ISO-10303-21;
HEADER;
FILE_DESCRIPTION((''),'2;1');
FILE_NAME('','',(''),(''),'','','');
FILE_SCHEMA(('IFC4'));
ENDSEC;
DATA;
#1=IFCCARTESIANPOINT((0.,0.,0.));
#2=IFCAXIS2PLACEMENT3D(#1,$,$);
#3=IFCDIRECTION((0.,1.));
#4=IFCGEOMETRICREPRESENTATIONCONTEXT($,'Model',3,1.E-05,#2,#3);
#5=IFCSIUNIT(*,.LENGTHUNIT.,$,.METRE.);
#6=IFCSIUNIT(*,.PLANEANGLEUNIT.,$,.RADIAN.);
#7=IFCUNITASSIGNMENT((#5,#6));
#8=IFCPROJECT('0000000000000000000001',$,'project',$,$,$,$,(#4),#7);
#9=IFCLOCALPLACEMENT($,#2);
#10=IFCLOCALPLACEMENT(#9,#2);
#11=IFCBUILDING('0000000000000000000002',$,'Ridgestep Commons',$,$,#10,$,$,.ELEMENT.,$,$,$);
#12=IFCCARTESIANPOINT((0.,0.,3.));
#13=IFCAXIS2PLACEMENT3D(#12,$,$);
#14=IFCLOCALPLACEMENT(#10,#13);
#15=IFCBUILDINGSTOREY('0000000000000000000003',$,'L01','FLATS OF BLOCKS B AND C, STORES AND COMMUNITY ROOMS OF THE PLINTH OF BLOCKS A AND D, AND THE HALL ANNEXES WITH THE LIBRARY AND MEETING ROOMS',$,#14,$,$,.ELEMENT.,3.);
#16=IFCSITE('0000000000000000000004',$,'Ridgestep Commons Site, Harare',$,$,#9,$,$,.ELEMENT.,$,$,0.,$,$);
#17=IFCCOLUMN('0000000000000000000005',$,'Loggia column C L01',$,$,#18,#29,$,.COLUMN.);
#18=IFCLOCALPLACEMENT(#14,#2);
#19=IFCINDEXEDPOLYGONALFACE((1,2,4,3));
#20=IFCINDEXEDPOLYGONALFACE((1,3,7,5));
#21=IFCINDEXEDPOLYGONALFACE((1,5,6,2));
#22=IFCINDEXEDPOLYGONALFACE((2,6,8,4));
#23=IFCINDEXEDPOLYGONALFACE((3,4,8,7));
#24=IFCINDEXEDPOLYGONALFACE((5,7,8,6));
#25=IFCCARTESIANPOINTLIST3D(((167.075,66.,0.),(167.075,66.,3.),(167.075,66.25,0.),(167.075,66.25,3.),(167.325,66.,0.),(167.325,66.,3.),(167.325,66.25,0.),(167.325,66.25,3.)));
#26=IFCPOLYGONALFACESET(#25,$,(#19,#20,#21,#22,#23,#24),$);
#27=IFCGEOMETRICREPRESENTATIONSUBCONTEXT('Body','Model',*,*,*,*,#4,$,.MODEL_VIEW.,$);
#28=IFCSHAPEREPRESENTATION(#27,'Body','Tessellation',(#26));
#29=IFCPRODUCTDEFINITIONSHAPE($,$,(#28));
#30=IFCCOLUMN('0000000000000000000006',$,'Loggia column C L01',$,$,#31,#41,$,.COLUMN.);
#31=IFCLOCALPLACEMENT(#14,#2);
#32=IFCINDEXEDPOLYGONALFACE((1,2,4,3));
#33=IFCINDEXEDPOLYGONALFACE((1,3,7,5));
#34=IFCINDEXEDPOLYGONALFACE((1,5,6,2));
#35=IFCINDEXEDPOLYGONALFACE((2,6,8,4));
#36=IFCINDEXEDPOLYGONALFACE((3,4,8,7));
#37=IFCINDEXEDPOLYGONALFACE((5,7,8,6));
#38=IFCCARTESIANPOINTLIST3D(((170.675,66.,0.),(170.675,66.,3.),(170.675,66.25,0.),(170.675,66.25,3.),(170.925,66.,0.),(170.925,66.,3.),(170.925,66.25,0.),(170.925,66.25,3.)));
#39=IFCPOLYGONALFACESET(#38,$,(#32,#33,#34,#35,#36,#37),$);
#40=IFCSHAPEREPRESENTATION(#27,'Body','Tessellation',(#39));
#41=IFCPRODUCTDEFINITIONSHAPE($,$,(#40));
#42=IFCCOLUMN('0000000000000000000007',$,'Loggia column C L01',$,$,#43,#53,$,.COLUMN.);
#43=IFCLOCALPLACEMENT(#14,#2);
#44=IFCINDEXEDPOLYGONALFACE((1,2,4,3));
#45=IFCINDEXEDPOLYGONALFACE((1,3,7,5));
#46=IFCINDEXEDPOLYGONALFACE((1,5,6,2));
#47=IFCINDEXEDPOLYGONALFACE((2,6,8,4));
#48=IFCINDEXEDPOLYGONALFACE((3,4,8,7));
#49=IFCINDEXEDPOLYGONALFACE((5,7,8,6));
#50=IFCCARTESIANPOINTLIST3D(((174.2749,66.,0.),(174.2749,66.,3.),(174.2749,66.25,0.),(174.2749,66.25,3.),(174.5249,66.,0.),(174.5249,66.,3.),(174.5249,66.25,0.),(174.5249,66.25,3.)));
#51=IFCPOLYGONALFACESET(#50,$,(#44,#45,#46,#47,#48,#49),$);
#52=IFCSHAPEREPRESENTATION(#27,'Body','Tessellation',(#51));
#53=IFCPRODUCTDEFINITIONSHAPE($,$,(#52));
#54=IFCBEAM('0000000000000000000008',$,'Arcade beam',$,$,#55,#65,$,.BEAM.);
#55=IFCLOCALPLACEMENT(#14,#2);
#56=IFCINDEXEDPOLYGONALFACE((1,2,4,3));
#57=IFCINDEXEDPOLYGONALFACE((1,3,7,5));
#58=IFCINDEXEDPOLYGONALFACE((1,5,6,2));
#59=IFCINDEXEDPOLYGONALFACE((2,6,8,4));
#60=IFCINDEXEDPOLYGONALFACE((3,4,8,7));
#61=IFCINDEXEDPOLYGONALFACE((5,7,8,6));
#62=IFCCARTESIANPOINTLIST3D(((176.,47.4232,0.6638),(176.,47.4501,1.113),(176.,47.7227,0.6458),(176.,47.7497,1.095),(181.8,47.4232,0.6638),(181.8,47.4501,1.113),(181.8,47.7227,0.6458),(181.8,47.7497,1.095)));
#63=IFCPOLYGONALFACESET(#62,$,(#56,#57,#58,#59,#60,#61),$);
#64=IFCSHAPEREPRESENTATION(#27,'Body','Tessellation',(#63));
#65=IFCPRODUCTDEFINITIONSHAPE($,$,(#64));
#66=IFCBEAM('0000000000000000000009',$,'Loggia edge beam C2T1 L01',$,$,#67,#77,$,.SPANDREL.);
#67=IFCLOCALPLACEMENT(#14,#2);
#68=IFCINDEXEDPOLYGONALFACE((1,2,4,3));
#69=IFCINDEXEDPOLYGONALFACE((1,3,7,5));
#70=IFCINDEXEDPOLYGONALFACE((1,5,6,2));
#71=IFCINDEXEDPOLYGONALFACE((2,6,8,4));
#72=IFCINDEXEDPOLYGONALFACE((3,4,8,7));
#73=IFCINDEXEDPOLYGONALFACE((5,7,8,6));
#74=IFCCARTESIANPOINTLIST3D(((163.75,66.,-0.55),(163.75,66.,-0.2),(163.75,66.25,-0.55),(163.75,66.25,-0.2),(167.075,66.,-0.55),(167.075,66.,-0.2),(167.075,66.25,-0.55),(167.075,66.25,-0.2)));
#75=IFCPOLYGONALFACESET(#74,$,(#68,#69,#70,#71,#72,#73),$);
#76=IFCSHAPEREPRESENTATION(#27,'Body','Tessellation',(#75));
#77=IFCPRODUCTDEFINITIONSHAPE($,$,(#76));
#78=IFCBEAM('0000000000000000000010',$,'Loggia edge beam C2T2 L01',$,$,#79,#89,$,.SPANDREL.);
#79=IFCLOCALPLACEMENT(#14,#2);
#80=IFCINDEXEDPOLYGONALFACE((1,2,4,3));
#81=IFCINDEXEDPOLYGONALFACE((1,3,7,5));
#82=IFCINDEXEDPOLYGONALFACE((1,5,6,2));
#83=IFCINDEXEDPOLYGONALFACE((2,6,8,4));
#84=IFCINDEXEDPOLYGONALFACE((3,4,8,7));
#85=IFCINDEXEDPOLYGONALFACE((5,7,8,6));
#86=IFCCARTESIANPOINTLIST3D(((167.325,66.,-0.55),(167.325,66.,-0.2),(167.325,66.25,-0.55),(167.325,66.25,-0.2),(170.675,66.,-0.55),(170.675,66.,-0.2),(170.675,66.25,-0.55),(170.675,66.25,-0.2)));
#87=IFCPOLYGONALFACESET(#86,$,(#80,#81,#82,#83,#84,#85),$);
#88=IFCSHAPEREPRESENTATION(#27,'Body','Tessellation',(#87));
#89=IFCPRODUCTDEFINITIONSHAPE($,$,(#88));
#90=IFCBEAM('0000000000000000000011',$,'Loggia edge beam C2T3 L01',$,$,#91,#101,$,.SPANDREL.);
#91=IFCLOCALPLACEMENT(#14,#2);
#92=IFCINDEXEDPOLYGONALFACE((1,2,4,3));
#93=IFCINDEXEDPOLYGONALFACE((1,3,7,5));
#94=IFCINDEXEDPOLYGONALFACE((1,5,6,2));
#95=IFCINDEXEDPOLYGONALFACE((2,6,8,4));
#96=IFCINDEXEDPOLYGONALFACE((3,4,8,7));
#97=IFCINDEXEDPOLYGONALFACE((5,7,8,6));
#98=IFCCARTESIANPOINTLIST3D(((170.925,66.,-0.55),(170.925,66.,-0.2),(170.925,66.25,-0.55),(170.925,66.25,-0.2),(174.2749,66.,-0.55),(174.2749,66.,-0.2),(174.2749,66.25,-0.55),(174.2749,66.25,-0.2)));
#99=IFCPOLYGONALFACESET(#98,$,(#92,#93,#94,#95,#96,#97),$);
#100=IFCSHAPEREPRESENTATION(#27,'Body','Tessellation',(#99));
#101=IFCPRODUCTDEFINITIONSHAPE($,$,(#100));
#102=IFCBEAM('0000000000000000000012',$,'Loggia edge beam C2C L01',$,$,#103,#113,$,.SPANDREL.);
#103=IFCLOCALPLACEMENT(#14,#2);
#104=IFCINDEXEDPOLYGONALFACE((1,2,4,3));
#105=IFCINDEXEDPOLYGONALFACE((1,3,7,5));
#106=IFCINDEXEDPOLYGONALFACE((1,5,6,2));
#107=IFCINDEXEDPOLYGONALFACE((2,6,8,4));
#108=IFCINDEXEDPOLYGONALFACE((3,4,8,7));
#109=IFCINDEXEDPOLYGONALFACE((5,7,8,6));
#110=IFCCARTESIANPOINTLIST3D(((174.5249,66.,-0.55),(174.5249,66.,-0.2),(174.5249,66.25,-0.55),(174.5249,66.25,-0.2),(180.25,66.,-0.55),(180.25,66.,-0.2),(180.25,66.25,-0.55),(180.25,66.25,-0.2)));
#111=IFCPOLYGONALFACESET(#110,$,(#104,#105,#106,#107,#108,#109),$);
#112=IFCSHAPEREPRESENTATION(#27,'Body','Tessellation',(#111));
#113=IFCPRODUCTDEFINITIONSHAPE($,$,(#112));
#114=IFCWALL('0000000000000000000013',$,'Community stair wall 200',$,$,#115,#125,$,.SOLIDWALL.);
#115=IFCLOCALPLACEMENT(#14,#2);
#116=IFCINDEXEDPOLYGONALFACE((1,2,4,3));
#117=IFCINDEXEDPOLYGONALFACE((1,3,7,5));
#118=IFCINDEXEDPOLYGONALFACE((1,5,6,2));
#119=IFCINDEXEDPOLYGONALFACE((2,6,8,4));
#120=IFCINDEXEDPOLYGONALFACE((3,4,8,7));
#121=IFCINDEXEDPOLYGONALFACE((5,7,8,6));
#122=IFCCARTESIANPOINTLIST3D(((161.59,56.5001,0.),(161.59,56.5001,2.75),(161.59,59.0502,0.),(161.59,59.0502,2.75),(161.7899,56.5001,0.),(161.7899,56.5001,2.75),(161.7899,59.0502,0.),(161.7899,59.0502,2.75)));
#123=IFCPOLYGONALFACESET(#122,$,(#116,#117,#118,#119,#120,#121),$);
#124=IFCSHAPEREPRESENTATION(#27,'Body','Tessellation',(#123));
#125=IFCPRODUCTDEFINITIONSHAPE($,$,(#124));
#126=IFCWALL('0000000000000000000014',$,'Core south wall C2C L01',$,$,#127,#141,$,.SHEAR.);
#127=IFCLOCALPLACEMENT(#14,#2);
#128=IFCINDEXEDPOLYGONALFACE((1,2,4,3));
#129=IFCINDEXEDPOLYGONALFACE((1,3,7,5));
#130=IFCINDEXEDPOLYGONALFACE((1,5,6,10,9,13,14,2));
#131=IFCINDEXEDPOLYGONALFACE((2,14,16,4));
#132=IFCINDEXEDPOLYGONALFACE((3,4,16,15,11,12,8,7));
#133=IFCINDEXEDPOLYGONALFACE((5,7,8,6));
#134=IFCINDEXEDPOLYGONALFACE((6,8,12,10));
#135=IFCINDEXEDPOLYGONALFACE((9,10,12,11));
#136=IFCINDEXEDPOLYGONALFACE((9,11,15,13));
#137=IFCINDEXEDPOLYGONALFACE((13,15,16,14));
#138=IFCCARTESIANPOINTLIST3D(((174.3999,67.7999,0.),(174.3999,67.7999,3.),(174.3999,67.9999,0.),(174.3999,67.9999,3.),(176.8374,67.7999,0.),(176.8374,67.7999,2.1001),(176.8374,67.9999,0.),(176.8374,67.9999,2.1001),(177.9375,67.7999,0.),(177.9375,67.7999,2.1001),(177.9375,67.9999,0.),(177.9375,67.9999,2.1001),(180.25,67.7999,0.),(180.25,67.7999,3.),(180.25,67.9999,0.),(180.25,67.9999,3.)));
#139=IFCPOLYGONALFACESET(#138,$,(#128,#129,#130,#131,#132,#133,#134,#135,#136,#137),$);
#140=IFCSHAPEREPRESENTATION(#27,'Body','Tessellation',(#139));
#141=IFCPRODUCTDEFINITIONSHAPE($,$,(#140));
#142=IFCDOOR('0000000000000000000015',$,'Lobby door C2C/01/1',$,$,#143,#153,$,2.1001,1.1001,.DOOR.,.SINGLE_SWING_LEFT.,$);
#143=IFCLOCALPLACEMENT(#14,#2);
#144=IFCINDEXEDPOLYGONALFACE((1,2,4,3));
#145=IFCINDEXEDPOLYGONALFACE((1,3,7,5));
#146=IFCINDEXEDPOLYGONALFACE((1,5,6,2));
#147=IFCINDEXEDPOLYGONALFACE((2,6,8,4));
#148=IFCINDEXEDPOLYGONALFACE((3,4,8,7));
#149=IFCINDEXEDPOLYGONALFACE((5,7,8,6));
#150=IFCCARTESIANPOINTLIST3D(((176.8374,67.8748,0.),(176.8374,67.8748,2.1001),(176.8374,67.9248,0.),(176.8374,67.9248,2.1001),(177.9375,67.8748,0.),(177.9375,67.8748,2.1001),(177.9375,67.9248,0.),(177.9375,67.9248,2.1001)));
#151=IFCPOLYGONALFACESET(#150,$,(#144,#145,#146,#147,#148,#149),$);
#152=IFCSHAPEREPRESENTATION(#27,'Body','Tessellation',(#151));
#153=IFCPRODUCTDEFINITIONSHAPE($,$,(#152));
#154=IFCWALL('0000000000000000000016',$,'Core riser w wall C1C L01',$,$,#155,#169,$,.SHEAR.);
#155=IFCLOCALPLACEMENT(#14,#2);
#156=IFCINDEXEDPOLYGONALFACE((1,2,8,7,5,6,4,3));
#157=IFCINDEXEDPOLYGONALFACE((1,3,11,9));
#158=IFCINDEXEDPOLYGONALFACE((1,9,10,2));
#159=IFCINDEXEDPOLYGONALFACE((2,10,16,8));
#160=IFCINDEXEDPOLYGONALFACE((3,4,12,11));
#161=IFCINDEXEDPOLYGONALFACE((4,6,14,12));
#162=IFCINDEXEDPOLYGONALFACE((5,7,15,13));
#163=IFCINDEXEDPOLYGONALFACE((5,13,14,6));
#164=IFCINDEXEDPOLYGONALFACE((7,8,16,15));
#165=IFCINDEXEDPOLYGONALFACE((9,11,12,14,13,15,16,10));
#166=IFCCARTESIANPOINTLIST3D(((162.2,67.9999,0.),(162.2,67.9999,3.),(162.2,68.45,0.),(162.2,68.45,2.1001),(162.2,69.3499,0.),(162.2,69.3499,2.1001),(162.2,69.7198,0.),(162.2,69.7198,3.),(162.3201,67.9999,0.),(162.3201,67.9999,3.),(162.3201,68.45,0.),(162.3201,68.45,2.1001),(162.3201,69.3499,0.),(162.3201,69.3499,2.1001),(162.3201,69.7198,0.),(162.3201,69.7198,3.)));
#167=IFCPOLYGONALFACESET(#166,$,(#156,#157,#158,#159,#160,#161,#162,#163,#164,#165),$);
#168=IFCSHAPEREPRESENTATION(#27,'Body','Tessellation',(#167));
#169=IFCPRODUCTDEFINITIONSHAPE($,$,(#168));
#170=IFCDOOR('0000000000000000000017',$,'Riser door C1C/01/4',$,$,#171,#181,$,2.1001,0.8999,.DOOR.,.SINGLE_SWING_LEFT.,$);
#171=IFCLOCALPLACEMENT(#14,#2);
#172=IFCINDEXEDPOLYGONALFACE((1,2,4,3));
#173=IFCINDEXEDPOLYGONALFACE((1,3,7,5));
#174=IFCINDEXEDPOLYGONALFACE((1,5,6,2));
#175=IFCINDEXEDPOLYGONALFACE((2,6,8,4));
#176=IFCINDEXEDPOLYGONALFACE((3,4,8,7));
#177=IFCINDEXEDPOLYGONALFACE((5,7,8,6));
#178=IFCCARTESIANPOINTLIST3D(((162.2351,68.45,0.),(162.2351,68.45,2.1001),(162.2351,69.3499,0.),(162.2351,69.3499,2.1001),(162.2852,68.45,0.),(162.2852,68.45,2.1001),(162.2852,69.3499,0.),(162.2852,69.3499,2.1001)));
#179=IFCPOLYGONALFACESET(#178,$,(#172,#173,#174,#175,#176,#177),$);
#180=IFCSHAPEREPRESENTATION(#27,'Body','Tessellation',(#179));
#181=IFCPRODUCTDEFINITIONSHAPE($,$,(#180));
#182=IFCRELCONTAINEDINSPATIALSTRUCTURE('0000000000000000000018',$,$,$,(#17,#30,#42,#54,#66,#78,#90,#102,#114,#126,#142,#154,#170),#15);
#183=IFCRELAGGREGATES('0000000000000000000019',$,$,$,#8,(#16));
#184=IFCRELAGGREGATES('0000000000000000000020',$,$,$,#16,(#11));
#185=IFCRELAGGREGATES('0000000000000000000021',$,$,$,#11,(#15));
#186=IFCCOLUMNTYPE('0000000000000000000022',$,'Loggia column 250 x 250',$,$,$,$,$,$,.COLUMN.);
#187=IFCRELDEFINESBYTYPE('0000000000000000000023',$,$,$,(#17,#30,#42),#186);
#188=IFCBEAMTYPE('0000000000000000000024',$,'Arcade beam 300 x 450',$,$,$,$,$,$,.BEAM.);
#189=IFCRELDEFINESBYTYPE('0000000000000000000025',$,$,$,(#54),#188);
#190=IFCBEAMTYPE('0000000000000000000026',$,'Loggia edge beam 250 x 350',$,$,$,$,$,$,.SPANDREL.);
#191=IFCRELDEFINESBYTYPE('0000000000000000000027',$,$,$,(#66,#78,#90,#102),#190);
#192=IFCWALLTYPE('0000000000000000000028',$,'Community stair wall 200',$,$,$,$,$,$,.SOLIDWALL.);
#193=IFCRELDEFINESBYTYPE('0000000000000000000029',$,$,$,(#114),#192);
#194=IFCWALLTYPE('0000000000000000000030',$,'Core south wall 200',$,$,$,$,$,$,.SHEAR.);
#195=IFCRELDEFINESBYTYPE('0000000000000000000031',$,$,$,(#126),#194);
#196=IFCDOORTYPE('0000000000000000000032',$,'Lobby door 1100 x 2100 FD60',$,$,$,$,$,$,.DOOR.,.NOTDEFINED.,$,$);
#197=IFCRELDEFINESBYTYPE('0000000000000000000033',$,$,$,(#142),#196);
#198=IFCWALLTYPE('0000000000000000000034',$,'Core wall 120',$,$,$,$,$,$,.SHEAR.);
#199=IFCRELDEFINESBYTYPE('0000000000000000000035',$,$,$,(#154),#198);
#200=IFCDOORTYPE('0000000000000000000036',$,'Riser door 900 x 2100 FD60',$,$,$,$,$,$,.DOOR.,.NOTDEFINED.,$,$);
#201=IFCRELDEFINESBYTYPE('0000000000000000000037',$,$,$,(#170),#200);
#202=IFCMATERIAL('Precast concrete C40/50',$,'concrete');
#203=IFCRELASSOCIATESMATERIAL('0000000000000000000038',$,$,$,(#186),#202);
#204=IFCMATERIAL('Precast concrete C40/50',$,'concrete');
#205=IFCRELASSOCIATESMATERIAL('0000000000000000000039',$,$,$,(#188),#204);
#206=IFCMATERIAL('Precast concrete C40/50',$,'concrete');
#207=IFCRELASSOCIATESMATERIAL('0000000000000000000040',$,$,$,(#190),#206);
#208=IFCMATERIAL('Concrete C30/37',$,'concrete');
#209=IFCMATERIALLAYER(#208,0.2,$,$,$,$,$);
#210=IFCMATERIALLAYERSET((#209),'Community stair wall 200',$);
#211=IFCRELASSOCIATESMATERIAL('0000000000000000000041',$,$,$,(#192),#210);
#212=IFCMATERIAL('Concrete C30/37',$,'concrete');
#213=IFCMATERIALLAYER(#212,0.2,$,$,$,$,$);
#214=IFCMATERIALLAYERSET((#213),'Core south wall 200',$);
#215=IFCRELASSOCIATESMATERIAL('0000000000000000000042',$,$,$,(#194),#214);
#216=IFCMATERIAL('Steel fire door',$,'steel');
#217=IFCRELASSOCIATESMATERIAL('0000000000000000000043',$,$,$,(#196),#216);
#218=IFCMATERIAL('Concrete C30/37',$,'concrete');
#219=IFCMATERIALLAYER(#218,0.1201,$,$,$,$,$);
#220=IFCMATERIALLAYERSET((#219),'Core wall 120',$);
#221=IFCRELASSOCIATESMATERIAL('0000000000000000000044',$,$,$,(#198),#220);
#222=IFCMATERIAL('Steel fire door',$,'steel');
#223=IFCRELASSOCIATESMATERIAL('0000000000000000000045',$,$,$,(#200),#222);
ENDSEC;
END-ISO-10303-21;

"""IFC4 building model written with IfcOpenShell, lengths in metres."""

from ifc_helpers import new_model, si_unit, direction, frame, frame_2d, origin, origin_2d, place, context, subcontext, project, spatial, rectangle, extrude, material, layer, layer_set, material_profile, profile_set, type_object, element, fill, save


model = new_model("IFC4")

# Units and contexts
model_context = context("Model", 3, precision=1e-05, world=origin(), true_north=direction((0.0, 1.0)))
body_context = subcontext(model_context, "Body", "Model", "MODEL_VIEW")
ifc_project = project(units=[si_unit("LENGTHUNIT", "METRE"), si_unit("PLANEANGLEUNIT", "RADIAN")], contexts=[model_context])

# Site, building, storey
site_placement = place(None, origin())
site = spatial("IfcSite", under=ifc_project, at=site_placement, Name="Ridgestep Commons Site, Harare", CompositionType="ELEMENT", RefElevation=0.0)
building_placement = place(site_placement, origin())
building = spatial("IfcBuilding", under=site, at=building_placement, Name="Ridgestep Commons", CompositionType="ELEMENT")
storey_placement = place(building_placement, frame((0.0, 0.0, 3.0)))
storey = spatial("IfcBuildingStorey", under=building, at=storey_placement, Name="L01", Description="FLATS OF BLOCKS B AND C, STORES AND COMMUNITY ROOMS OF THE PLINTH OF BLOCKS A AND D, AND THE HALL ANNEXES WITH THE LIBRARY AND MEETING ROOMS", CompositionType="ELEMENT", Elevation=3.0)

# Columns
ifc_material_1 = material(Name="Precast concrete C40/50", Category="concrete")
ifc_material_profile_1 = material_profile(ifc_material_1, rectangle(XDim=0.25, YDim=0.25, at=origin_2d()), Name="PC 250x250")
ifc_profile_set_1 = profile_set([ifc_material_profile_1], Name="Precast concrete C40/50")
column_type = type_object("IfcColumnType", Name="Loggia column 250 x 250", PredefinedType="COLUMN", material=ifc_profile_set_1)
for number, where, z_axis, x_axis, name in (
    (1, (167.2, 66.125, 0.0), (0.0, 0.0, 1.0), (1.0, 0.0, 0.0), "Loggia column C L01"),
    (2, (170.8, 66.125, 0.0), (0.0, 0.0, 1.0), (1.0, 0.0, 0.0), "Loggia column C L01"),
    (3, (174.3999, 66.125, 0.0), (0.0, 0.0, 1.0), (1.0, 0.0, 0.0), "Loggia column C L01"),
):
    element("IfcColumn", number, at=place(storey_placement, frame(where, z_axis=z_axis, x_axis=x_axis)), inside=storey, type_object=column_type, Name=name, PredefinedType="COLUMN", context=body_context, shape_type="SweptSolid", body=[
        extrude(rectangle(XDim=0.25, YDim=0.25, at=origin_2d()), origin(), (0.0, 0.0, 1.0), 3.0),
    ])

# Beams
ifc_material_2 = material(Name="Precast concrete C40/50", Category="concrete")
ifc_material_profile_2 = material_profile(ifc_material_2, rectangle(XDim=0.3, YDim=0.45, at=origin_2d()), Name="Arcade beam 300 x 450")
ifc_profile_set_2 = profile_set([ifc_material_profile_2], Name="Precast concrete C40/50")
beam_type_1 = type_object("IfcBeamType", Name="Arcade beam 300 x 450", PredefinedType="BEAM", material=ifc_profile_set_2)
beam_1_placement = place(storey_placement, frame((176.0, 47.5864, 0.8794), z_axis=(1.0, 0.0, 0.0), x_axis=(0.0, 0.998205, -0.059892)))
element("IfcBeam", 4, at=beam_1_placement, inside=storey, type_object=beam_type_1, Name="Arcade beam", PredefinedType="BEAM", context=body_context, shape_type="SweptSolid", body=[
    extrude(rectangle(XDim=0.3, YDim=0.45, at=origin_2d()), origin(), (0.0, 0.0, 1.0), 5.8),
])
ifc_material_3 = material(Name="Precast concrete C40/50", Category="concrete")
ifc_material_profile_3 = material_profile(ifc_material_3, rectangle(XDim=0.25, YDim=0.3501, at=origin_2d()), Name="PC 250x350")
ifc_profile_set_3 = profile_set([ifc_material_profile_3], Name="Precast concrete C40/50")
beam_type_2 = type_object("IfcBeamType", Name="Loggia edge beam 250 x 350", PredefinedType="SPANDREL", material=ifc_profile_set_3)
beam_2_placement = place(storey_placement, frame((163.75, 66.125, -0.375), z_axis=(1.0, 0.0, 0.0), x_axis=(0.0, 1.0, 0.0)))
element("IfcBeam", 5, at=beam_2_placement, inside=storey, type_object=beam_type_2, Name="Loggia edge beam C2T1 L01", PredefinedType="SPANDREL", context=body_context, shape_type="SweptSolid", body=[
    extrude(rectangle(XDim=0.25, YDim=0.3501, at=origin_2d()), origin(), (0.0, 0.0, 1.0), 3.325),
])
beam_3_placement = place(storey_placement, frame((167.325, 66.125, -0.375), z_axis=(1.0, 0.0, 0.0), x_axis=(0.0, 1.0, 0.0)))
element("IfcBeam", 6, at=beam_3_placement, inside=storey, type_object=beam_type_2, Name="Loggia edge beam C2T2 L01", PredefinedType="SPANDREL", context=body_context, shape_type="SweptSolid", body=[
    extrude(rectangle(XDim=0.25, YDim=0.3501, at=origin_2d()), origin(), (0.0, 0.0, 1.0), 3.3501),
])
beam_4_placement = place(storey_placement, frame((170.925, 66.125, -0.375), z_axis=(1.0, 0.0, 0.0), x_axis=(0.0, 1.0, 0.0)))
element("IfcBeam", 7, at=beam_4_placement, inside=storey, type_object=beam_type_2, Name="Loggia edge beam C2T3 L01", PredefinedType="SPANDREL", context=body_context, shape_type="SweptSolid", body=[
    extrude(rectangle(XDim=0.25, YDim=0.3501, at=origin_2d()), origin(), (0.0, 0.0, 1.0), 3.3499),
])
beam_5_placement = place(storey_placement, frame((174.5249, 66.125, -0.375), z_axis=(1.0, 0.0, 0.0), x_axis=(0.0, 1.0, 0.0)))
element("IfcBeam", 8, at=beam_5_placement, inside=storey, type_object=beam_type_2, Name="Loggia edge beam C2C L01", PredefinedType="SPANDREL", context=body_context, shape_type="SweptSolid", body=[
    extrude(rectangle(XDim=0.25, YDim=0.3501, at=origin_2d()), origin(), (0.0, 0.0, 1.0), 5.7251),
])

# Wall
ifc_material_4 = material(Name="Concrete C30/37", Category="concrete")
ifc_layer_1 = layer(ifc_material_4, 0.2)
ifc_layer_set_1 = layer_set([ifc_layer_1], Name="Community stair wall 200")
wall_type_1 = type_object("IfcWallType", Name="Community stair wall 200", PredefinedType="SOLIDWALL", material=ifc_layer_set_1)
wall_1_placement = place(storey_placement, frame((161.6899, 59.05, 0.0), z_axis=(0.0, 0.0, 1.0), x_axis=(0.0, -1.0, 0.0)))
element("IfcWall", 9, at=wall_1_placement, inside=storey, type_object=wall_type_1, Name="Community stair wall 200", PredefinedType="SOLIDWALL", context=body_context, shape_type="SweptSolid", body=[
    extrude(rectangle(XDim=2.55, YDim=0.2, at=frame_2d((1.2749, 0.0))), origin(), (0.0, 0.0, 1.0), 2.75),
])

# Walls, openings, doors
ifc_material_5 = material(Name="Concrete C30/37", Category="concrete")
ifc_layer_2 = layer(ifc_material_5, 0.2)
ifc_layer_set_2 = layer_set([ifc_layer_2], Name="Core south wall 200")
wall_type_2 = type_object("IfcWallType", Name="Core south wall 200", PredefinedType="SHEAR", material=ifc_layer_set_2)
wall_2_placement = place(storey_placement, frame((174.3999, 67.8999, 0.0), z_axis=(0.0, 0.0, 1.0), x_axis=(1.0, 0.0, 0.0)))
wall_2 = element("IfcWall", 10, at=wall_2_placement, inside=storey, type_object=wall_type_2, Name="Core south wall C2C L01", PredefinedType="SHEAR", context=body_context, shape_type="SweptSolid", body=[
    extrude(rectangle(XDim=5.8501, YDim=0.2, at=frame_2d((2.925, 0.0))), origin(), (0.0, 0.0, 1.0), 3.0),
])
opening_1_placement = place(wall_2_placement, frame((2.4375, 0.0, 0.0)))
opening_1 = element("IfcOpeningElement", 11, at=opening_1_placement, cuts=wall_2, PredefinedType="OPENING", context=body_context, shape_type="SweptSolid", body=[
    extrude(rectangle(XDim=1.1001, YDim=2.1001, at=frame_2d((0.55, 1.05))), frame((0.0, 0.1099, 0.0), z_axis=(0.0, -1.0, 0.0), x_axis=(1.0, 0.0, 0.0)), (0.0, 0.0, 1.0), 0.22),
])
ifc_material_6 = material(Name="Steel fire door", Category="steel")
door_type_1 = type_object("IfcDoorType", Name="Lobby door 1100 x 2100 FD60", OperationType="NOTDEFINED", PredefinedType="DOOR", material=ifc_material_6)
door_1_placement = place(opening_1_placement, origin())
door_1 = element("IfcDoor", 12, at=door_1_placement, inside=storey, type_object=door_type_1, Name="Lobby door C2C/01/1", OperationType="SINGLE_SWING_LEFT", OverallHeight=2.1001, OverallWidth=1.1001, PredefinedType="DOOR", context=body_context, shape_type="SweptSolid", body=[
    extrude(rectangle(XDim=1.1001, YDim=2.1001, at=frame_2d((0.55, 1.05))), frame((0.0, 0.0249, 0.0), z_axis=(0.0, -1.0, 0.0), x_axis=(1.0, 0.0, 0.0)), (0.0, 0.0, 1.0), 0.05),
])
fill(opening_1, door_1)
ifc_material_7 = material(Name="Concrete C30/37", Category="concrete")
ifc_layer_3 = layer(ifc_material_7, 0.1201)
ifc_layer_set_3 = layer_set([ifc_layer_3], Name="Core wall 120")
wall_type_3 = type_object("IfcWallType", Name="Core wall 120", PredefinedType="SHEAR", material=ifc_layer_set_3)
wall_3_placement = place(storey_placement, frame((162.26, 68.0, 0.0), z_axis=(0.0, 0.0, 1.0), x_axis=(0.0, 1.0, 0.0)))
wall_3 = element("IfcWall", 13, at=wall_3_placement, inside=storey, type_object=wall_type_3, Name="Core riser w wall C1C L01", PredefinedType="SHEAR", context=body_context, shape_type="SweptSolid", body=[
    extrude(rectangle(XDim=1.72, YDim=0.1201, at=frame_2d((0.8599, 0.0))), origin(), (0.0, 0.0, 1.0), 3.0),
])
opening_2_placement = place(wall_3_placement, frame((0.45, 0.0, 0.0)))
opening_2 = element("IfcOpeningElement", 14, at=opening_2_placement, cuts=wall_3, PredefinedType="OPENING", context=body_context, shape_type="SweptSolid", body=[
    extrude(rectangle(XDim=0.8999, YDim=2.1001, at=frame_2d((0.45, 1.05))), frame((0.0, 0.0701, 0.0), z_axis=(0.0, -1.0, 0.0), x_axis=(1.0, 0.0, 0.0)), (0.0, 0.0, 1.0), 0.1401),
])
ifc_material_8 = material(Name="Steel fire door", Category="steel")
door_type_2 = type_object("IfcDoorType", Name="Riser door 900 x 2100 FD60", OperationType="NOTDEFINED", PredefinedType="DOOR", material=ifc_material_8)
door_2_placement = place(opening_2_placement, origin())
door_2 = element("IfcDoor", 15, at=door_2_placement, inside=storey, type_object=door_type_2, Name="Riser door C1C/01/4", OperationType="SINGLE_SWING_LEFT", OverallHeight=2.1001, OverallWidth=0.8999, PredefinedType="DOOR", context=body_context, shape_type="SweptSolid", body=[
    extrude(rectangle(XDim=0.8999, YDim=2.1001, at=frame_2d((0.45, 1.05))), frame((0.0, 0.0249, 0.0), z_axis=(0.0, -1.0, 0.0), x_axis=(1.0, 0.0, 0.0)), (0.0, 0.0, 1.0), 0.05),
])
fill(opening_2, door_2)

save(model, "model.ifc")
